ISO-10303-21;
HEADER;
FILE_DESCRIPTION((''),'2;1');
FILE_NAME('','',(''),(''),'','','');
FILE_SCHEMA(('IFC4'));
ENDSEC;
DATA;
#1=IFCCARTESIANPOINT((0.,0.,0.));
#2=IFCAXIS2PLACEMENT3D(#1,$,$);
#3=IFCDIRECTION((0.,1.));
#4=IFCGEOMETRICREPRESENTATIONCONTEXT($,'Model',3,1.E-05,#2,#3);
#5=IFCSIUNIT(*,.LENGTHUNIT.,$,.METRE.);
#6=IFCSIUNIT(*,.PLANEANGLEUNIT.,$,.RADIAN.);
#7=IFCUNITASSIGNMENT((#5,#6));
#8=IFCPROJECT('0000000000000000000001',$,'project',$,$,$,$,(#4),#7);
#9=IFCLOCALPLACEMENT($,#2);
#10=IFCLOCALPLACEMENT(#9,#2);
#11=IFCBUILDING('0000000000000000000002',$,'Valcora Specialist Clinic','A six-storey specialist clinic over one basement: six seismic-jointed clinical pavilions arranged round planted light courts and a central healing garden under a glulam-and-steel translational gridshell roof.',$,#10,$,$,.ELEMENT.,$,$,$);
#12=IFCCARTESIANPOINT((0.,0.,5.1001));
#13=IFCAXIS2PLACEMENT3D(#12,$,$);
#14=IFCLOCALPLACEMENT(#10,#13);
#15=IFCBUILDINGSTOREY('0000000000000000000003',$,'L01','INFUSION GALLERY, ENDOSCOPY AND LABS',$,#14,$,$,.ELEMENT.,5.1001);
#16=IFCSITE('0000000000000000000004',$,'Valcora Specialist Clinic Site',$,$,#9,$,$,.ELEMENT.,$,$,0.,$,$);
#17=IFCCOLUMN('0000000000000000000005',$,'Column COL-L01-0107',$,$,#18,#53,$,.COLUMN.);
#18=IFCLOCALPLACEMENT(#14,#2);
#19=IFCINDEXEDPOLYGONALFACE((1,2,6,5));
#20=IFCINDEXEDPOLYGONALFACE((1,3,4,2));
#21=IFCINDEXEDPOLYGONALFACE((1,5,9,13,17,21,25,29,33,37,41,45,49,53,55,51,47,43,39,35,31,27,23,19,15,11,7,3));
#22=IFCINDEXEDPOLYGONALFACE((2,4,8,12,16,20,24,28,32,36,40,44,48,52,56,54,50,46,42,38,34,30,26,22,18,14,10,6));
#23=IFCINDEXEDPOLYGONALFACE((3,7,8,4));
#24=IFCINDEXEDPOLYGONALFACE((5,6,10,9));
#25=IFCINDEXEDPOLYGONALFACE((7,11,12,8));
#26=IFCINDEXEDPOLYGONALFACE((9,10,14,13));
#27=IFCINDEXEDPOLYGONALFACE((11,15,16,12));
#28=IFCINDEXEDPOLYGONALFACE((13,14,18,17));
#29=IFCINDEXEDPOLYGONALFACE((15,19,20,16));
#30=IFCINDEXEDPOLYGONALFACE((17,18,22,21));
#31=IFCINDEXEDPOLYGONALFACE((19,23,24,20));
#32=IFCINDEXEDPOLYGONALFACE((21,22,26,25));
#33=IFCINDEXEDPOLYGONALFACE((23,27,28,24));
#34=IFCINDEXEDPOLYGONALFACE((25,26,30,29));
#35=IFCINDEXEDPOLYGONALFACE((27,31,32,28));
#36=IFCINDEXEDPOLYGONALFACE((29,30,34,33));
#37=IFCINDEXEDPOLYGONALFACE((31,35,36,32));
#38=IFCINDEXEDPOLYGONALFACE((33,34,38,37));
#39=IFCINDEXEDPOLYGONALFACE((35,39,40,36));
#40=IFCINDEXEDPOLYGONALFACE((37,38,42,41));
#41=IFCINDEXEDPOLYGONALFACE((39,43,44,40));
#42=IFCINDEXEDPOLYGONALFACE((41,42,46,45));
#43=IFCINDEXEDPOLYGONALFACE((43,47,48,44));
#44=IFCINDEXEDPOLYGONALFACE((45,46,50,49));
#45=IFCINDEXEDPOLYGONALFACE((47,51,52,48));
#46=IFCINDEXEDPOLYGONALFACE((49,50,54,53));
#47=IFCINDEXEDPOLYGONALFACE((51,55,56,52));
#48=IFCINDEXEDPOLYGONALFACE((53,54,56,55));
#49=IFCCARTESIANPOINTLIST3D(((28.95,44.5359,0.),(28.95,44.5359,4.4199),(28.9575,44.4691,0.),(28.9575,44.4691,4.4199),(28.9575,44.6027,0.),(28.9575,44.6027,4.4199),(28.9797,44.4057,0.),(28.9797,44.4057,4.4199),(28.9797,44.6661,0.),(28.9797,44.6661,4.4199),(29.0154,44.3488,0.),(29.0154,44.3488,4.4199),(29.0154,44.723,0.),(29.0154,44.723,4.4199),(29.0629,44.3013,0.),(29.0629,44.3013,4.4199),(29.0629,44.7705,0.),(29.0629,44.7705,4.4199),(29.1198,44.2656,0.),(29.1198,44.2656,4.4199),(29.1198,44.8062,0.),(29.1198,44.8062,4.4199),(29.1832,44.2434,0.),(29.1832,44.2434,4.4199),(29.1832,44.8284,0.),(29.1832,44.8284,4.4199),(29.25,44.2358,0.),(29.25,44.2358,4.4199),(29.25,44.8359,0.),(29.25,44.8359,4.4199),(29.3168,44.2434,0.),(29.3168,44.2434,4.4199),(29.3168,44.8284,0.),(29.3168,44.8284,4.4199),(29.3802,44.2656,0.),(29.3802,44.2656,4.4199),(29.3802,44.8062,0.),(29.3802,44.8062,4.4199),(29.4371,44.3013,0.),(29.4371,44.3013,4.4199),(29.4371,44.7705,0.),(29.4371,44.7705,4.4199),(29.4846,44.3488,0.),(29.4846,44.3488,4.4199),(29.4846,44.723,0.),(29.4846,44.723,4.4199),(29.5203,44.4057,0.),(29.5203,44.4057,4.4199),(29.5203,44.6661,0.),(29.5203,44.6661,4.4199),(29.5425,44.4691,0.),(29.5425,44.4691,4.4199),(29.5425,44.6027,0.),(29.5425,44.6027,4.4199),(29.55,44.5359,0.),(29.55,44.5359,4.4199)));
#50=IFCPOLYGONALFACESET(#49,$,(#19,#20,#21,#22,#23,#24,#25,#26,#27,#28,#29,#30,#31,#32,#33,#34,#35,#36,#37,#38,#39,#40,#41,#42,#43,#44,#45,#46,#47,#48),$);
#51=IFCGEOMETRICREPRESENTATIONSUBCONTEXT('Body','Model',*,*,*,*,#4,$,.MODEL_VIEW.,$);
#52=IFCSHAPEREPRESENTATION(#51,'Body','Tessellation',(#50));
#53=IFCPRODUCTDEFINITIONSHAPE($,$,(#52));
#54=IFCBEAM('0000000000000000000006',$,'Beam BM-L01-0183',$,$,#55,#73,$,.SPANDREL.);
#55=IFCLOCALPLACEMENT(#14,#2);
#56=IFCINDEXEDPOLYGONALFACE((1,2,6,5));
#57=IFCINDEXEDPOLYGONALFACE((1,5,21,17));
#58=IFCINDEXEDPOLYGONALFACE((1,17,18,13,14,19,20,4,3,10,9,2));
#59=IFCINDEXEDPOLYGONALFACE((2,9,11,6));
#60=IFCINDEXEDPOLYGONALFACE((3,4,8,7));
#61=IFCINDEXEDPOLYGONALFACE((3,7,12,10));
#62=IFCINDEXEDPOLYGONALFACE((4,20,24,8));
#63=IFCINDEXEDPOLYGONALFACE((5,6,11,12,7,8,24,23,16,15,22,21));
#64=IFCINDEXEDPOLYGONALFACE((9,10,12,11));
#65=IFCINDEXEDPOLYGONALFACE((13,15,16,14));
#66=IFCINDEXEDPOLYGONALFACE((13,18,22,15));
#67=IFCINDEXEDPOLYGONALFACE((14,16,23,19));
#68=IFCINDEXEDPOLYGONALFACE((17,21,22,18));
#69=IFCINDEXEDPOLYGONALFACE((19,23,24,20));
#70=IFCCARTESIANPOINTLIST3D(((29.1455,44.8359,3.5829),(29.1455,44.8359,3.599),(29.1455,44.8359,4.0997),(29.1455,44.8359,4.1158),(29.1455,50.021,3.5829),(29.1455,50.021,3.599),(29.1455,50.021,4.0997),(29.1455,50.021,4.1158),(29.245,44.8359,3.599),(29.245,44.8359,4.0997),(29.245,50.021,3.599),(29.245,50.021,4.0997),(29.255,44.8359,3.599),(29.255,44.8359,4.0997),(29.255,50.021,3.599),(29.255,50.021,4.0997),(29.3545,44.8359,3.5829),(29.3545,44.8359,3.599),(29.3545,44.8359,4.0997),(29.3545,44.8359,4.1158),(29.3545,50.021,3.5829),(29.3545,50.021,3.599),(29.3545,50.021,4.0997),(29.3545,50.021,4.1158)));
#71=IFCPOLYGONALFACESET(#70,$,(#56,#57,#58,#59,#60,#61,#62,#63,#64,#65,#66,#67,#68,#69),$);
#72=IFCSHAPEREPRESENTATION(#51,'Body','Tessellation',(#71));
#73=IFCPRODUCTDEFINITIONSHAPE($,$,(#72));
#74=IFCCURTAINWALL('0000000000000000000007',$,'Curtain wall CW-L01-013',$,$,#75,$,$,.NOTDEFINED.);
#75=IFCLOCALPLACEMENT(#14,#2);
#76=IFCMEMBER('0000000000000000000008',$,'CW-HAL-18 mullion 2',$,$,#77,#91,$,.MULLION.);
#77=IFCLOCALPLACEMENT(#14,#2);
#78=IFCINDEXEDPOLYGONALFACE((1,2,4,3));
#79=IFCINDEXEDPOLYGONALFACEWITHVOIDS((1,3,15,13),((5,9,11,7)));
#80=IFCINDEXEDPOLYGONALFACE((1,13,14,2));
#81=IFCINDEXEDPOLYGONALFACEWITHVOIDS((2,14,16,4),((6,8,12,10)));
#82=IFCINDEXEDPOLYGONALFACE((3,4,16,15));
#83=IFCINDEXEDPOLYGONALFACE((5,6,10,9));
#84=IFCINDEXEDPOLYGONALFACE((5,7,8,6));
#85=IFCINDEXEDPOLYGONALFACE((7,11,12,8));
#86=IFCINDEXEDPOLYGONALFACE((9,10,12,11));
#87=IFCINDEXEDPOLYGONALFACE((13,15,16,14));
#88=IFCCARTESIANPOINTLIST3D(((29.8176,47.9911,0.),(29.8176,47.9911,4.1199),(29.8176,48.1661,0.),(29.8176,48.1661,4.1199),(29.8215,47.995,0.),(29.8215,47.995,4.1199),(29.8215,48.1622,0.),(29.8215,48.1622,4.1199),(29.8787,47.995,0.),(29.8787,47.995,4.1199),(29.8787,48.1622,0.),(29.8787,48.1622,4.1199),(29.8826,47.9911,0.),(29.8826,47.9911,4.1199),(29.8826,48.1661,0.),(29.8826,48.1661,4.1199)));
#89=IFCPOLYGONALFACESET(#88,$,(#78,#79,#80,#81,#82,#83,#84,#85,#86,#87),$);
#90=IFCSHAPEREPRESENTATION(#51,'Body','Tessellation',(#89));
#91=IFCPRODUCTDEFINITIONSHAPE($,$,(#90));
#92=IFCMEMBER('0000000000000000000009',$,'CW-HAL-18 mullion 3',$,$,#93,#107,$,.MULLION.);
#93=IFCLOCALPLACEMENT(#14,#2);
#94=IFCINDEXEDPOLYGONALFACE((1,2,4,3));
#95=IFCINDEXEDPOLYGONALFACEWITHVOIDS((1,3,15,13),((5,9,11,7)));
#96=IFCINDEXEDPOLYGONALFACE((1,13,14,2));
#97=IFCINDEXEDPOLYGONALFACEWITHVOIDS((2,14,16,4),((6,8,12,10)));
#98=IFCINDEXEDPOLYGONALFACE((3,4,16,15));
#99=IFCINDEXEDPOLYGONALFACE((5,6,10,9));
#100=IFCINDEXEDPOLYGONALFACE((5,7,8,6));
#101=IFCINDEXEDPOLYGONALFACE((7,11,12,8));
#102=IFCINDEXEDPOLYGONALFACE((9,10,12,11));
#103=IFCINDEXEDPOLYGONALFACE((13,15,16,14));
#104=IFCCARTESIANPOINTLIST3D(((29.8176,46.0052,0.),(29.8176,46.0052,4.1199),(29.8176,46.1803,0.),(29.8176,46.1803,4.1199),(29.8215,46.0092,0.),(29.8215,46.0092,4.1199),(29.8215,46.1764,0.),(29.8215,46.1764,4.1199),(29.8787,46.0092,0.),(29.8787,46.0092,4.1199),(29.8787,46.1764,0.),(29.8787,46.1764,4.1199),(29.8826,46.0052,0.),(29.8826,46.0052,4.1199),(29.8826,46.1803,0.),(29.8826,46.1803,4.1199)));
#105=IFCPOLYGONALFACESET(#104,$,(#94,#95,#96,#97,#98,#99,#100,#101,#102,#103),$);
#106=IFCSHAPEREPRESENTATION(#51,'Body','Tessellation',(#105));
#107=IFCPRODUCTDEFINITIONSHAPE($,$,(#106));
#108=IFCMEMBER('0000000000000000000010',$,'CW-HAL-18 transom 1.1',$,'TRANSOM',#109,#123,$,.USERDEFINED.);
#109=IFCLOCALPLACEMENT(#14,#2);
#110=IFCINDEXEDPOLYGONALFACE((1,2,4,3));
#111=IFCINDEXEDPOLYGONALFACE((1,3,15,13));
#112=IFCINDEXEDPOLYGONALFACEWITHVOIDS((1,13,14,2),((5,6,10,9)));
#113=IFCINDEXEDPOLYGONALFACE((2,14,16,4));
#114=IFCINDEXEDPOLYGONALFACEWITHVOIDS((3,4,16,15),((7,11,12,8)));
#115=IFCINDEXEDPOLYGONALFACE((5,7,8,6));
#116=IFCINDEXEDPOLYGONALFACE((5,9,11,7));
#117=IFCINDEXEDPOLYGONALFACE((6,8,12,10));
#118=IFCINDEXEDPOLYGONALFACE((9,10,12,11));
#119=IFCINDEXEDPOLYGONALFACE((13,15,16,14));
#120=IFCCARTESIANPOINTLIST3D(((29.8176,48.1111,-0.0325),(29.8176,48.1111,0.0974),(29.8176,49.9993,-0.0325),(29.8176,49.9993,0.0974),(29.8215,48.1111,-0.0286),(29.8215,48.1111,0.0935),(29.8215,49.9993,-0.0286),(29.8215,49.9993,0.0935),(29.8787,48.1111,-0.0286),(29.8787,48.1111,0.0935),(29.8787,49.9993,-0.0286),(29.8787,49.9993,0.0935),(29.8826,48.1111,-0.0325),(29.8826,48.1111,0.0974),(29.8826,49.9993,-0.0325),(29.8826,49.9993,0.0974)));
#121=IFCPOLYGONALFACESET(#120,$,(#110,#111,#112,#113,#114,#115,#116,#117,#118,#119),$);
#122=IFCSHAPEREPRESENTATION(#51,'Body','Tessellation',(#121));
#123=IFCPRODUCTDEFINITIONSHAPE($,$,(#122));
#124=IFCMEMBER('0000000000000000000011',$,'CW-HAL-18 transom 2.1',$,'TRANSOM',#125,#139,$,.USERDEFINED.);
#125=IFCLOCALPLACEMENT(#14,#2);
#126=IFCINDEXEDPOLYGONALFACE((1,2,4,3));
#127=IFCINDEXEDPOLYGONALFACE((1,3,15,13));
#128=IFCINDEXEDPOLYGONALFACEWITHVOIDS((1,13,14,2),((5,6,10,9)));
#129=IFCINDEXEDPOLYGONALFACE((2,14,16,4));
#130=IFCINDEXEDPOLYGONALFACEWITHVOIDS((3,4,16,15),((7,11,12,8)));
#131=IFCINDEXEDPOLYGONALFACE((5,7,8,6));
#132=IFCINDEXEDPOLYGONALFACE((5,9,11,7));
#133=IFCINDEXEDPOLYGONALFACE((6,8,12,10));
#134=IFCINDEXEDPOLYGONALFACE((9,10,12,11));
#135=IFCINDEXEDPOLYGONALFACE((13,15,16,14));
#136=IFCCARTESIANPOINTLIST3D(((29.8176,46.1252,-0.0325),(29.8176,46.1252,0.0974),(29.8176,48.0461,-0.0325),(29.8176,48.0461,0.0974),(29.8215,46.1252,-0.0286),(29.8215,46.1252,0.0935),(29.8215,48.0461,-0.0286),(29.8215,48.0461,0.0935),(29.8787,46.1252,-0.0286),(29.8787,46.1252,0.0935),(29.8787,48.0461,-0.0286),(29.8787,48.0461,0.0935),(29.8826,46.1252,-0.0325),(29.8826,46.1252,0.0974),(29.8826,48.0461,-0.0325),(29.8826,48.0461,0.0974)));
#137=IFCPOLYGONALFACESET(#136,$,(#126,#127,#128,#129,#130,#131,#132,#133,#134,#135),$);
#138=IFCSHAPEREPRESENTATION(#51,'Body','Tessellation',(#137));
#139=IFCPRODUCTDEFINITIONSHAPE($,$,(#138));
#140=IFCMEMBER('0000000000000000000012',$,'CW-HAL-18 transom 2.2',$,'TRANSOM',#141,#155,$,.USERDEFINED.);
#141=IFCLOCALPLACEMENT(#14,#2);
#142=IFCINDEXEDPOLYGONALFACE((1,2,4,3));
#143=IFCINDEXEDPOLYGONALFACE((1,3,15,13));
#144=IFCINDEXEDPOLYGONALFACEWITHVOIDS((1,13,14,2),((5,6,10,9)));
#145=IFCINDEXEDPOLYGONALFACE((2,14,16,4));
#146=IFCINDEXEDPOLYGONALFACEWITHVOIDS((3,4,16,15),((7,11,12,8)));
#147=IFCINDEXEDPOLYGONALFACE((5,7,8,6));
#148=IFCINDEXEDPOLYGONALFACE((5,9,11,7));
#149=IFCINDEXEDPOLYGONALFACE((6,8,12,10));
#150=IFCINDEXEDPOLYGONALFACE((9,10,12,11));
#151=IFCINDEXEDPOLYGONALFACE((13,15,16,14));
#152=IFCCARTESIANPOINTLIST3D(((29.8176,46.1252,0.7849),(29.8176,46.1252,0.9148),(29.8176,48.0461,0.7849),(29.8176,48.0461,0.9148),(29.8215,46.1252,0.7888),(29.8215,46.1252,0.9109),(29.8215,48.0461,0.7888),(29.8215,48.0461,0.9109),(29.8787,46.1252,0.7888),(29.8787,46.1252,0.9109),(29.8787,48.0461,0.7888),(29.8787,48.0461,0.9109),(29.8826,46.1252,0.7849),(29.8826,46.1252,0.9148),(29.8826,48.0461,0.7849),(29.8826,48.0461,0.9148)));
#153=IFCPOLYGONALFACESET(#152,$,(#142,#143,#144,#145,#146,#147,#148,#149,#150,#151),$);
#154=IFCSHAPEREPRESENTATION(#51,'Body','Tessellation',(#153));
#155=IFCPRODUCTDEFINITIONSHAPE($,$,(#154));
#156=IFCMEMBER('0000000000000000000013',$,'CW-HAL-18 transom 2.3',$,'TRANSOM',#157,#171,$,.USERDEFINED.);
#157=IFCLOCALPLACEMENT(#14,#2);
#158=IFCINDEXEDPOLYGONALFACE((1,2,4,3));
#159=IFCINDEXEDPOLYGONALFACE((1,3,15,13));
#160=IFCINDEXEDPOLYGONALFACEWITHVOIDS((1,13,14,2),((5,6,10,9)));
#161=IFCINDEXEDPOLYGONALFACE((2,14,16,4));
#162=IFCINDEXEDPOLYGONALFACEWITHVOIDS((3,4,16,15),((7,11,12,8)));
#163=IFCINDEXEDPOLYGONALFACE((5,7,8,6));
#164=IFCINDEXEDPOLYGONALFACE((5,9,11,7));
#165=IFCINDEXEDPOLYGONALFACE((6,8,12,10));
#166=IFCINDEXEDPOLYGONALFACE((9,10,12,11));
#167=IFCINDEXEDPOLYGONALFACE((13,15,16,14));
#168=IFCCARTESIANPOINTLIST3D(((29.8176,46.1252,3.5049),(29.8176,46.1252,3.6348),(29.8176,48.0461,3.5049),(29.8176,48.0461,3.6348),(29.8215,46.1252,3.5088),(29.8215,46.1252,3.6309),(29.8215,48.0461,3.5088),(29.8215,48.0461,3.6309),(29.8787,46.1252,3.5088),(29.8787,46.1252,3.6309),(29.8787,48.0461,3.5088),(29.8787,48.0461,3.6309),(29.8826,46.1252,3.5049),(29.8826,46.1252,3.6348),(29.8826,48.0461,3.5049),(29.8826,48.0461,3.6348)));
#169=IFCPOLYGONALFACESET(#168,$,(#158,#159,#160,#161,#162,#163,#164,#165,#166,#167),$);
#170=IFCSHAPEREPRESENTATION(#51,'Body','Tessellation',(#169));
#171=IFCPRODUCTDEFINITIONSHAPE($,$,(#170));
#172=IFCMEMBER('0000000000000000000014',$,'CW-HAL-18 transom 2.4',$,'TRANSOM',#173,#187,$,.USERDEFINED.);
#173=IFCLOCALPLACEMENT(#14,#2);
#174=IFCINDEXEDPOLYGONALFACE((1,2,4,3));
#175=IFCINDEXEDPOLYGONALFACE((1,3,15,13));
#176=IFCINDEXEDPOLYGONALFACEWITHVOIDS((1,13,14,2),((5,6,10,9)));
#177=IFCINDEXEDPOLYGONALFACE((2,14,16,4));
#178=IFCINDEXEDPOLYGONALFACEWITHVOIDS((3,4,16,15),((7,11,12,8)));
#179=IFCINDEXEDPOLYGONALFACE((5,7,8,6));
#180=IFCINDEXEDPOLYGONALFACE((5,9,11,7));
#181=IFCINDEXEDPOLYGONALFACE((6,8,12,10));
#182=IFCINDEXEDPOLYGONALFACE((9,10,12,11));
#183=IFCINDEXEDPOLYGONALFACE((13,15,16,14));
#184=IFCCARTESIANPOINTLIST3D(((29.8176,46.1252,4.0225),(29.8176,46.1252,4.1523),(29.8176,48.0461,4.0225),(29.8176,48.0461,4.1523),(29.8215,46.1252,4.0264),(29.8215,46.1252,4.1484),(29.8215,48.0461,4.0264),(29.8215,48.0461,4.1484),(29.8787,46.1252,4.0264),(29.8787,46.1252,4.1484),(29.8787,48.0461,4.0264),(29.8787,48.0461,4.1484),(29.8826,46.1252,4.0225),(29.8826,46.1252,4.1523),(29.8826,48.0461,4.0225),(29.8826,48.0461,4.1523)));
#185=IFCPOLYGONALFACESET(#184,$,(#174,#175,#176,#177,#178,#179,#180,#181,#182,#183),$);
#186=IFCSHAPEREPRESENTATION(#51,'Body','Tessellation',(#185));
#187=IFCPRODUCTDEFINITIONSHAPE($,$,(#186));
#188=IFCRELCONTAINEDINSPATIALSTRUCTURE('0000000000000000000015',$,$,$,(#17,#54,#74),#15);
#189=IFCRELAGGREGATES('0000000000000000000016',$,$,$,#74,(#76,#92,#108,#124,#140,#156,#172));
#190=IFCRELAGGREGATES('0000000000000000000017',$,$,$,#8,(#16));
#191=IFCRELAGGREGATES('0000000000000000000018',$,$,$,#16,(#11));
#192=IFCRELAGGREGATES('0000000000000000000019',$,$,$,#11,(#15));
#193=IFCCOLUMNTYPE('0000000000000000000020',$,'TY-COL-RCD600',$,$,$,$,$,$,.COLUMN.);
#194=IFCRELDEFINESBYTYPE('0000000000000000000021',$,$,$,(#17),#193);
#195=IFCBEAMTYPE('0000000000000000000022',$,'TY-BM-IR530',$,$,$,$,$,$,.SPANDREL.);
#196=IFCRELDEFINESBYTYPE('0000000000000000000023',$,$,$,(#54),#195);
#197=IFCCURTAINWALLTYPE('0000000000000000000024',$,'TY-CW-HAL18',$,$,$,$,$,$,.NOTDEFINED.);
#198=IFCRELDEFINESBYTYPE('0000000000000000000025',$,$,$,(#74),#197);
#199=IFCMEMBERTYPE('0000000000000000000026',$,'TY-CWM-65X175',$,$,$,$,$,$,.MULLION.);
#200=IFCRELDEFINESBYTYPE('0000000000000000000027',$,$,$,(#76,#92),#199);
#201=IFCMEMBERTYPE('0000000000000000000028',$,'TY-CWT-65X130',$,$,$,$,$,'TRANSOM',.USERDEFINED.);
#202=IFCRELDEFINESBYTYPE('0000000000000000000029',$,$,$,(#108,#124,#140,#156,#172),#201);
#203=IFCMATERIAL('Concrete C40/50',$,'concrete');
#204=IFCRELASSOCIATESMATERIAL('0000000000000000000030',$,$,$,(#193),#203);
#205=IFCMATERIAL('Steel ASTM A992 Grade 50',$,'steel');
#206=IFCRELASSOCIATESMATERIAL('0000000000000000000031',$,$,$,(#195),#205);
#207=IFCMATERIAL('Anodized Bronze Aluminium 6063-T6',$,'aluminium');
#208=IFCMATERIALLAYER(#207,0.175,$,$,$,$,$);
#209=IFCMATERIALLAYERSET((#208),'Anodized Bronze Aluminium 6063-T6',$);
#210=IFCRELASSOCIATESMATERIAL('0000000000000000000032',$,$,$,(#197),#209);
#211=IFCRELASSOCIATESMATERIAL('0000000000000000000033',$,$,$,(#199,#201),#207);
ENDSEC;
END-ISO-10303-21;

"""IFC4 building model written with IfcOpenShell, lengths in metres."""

from ifc_helpers import new_model, si_unit, direction, frame, origin, origin_2d, place, context, subcontext, project, spatial, hollow_rectangle, circle, i_section, extrude, material, layer, layer_set, material_profile, profile_set, type_object, element, aggregate, save


model = new_model("IFC4")

# Units and contexts
model_context = context("Model", 3, precision=1e-05, world=origin(), true_north=direction((0.0, 1.0)))
body_context = subcontext(model_context, "Body", "Model", "MODEL_VIEW")
ifc_project = project(units=[si_unit("LENGTHUNIT", "METRE"), si_unit("PLANEANGLEUNIT", "RADIAN")], contexts=[model_context])

# Site, building, storey
site_placement = place(None, origin())
site = spatial("IfcSite", under=ifc_project, at=site_placement, Name="Valcora Specialist Clinic Site", CompositionType="ELEMENT", RefElevation=0.0)
building_placement = place(site_placement, origin())
building = spatial("IfcBuilding", under=site, at=building_placement, Name="Valcora Specialist Clinic", Description="A six-storey specialist clinic over one basement: six seismic-jointed clinical pavilions arranged round planted light courts and a central healing garden under a glulam-and-steel translational gridshell roof.", CompositionType="ELEMENT")
storey_placement = place(building_placement, frame((0.0, 0.0, 5.1001)))
storey = spatial("IfcBuildingStorey", under=building, at=storey_placement, Name="L01", Description="INFUSION GALLERY, ENDOSCOPY AND LABS", CompositionType="ELEMENT", Elevation=5.1001)

# Column
ifc_material_1 = material(Name="Concrete C40/50", Category="concrete")
ifc_material_profile_1 = material_profile(ifc_material_1, circle(Radius=0.3, at=origin_2d()), Name="RC-COL-D600")
ifc_profile_set_1 = profile_set([ifc_material_profile_1], Name="Concrete C40/50")
column_type = type_object("IfcColumnType", Name="TY-COL-RCD600", PredefinedType="COLUMN", material=ifc_profile_set_1)
column_placement = place(storey_placement, frame((29.25, 44.5359, 0.0), z_axis=(0.0, 0.0, 1.0), x_axis=(1.0, 0.0, 0.0)))
element("IfcColumn", 1, at=column_placement, inside=storey, type_object=column_type, Name="Column COL-L01-0107", PredefinedType="COLUMN", context=body_context, shape_type="SweptSolid", body=[
    extrude(circle(Radius=0.3, at=origin_2d()), origin(), (0.0, 0.0, 1.0), 4.4199),
])

# Beam
ifc_material_2 = material(Name="Steel ASTM A992 Grade 50", Category="steel")
ifc_material_profile_2 = material_profile(ifc_material_2, i_section(OverallWidth=0.209, OverallDepth=0.533, WebThickness=0.01, FlangeThickness=0.0161, at=origin_2d()), Name="ST-IR-530X210")
ifc_profile_set_2 = profile_set([ifc_material_profile_2], Name="Steel ASTM A992 Grade 50")
beam_type = type_object("IfcBeamType", Name="TY-BM-IR530", PredefinedType="SPANDREL", material=ifc_profile_set_2)
beam_placement = place(storey_placement, frame((29.25, 44.8359, 3.8494), z_axis=(0.0, 1.0, 0.0), x_axis=(-1.0, 0.0, 0.0)))
element("IfcBeam", 2, at=beam_placement, inside=storey, type_object=beam_type, Name="Beam BM-L01-0183", PredefinedType="SPANDREL", context=body_context, shape_type="SweptSolid", body=[
    extrude(i_section(OverallWidth=0.209, OverallDepth=0.533, WebThickness=0.01, FlangeThickness=0.0161, at=origin_2d()), origin(), (0.0, 0.0, 1.0), 5.1851),
])

# Curtain wall, members
ifc_material_3 = material(Name="Anodized Bronze Aluminium 6063-T6", Category="aluminium")
ifc_layer_1 = layer(ifc_material_3, 0.175)
ifc_layer_set_1 = layer_set([ifc_layer_1], Name="Anodized Bronze Aluminium 6063-T6")
curtain_wall_type = type_object("IfcCurtainWallType", Name="TY-CW-HAL18", PredefinedType="NOTDEFINED", material=ifc_layer_set_1)
curtain_wall_placement = place(storey_placement, origin())
curtain_wall = element("IfcCurtainWall", 3, at=curtain_wall_placement, inside=storey, type_object=curtain_wall_type, Name="Curtain wall CW-L01-013", PredefinedType="NOTDEFINED")
ifc_material_profile_3 = material_profile(ifc_material_3, hollow_rectangle(XDim=0.0649, YDim=0.175, WallThickness=0.0039, at=origin_2d()), Name="AL-MUL-65X175")
ifc_profile_set_3 = profile_set([ifc_material_profile_3], Name="Anodized Bronze Aluminium 6063-T6")
member_type_1 = type_object("IfcMemberType", Name="TY-CWM-65X175", PredefinedType="MULLION", material=ifc_profile_set_3)
member_1_placement = place(storey_placement, frame((29.8501, 48.0786, 0.0), z_axis=(0.0, 0.0, 1.0), x_axis=(1.0, 0.0, 0.0)))
member_1 = element("IfcMember", 4, at=member_1_placement, type_object=member_type_1, Name="CW-HAL-18 mullion 2", PredefinedType="MULLION", context=body_context, shape_type="SweptSolid", body=[
    extrude(hollow_rectangle(XDim=0.0649, YDim=0.175, WallThickness=0.0039, at=origin_2d()), origin(), (0.0, 0.0, 1.0), 4.1199),
])
member_2_placement = place(storey_placement, frame((29.8501, 46.0928, 0.0), z_axis=(0.0, 0.0, 1.0), x_axis=(1.0, 0.0, 0.0)))
member_2 = element("IfcMember", 5, at=member_2_placement, type_object=member_type_1, Name="CW-HAL-18 mullion 3", PredefinedType="MULLION", context=body_context, shape_type="SweptSolid", body=[
    extrude(hollow_rectangle(XDim=0.0649, YDim=0.175, WallThickness=0.0039, at=origin_2d()), origin(), (0.0, 0.0, 1.0), 4.1199),
])
ifc_material_profile_4 = material_profile(ifc_material_3, hollow_rectangle(XDim=0.0649, YDim=0.1299, WallThickness=0.0039, at=origin_2d()), Name="AL-TRN-65X130")
ifc_profile_set_4 = profile_set([ifc_material_profile_4], Name="Anodized Bronze Aluminium 6063-T6")
member_type_2 = type_object("IfcMemberType", Name="TY-CWT-65X130", ElementType="TRANSOM", PredefinedType="USERDEFINED", material=ifc_profile_set_4)
member_3_placement = place(storey_placement, frame((29.8501, 49.9993, 0.0325), z_axis=(0.0, -1.0, 0.0), x_axis=(1.0, 0.0, 0.0)))
member_3 = element("IfcMember", 6, at=member_3_placement, type_object=member_type_2, Name="CW-HAL-18 transom 1.1", ObjectType="TRANSOM", PredefinedType="USERDEFINED", context=body_context, shape_type="SweptSolid", body=[
    extrude(hollow_rectangle(XDim=0.0649, YDim=0.1299, WallThickness=0.0039, at=origin_2d()), origin(), (0.0, 0.0, 1.0), 1.8882),
])
member_4_placement = place(storey_placement, frame((29.8501, 48.0461, 0.0325), z_axis=(0.0, -1.0, 0.0), x_axis=(1.0, 0.0, 0.0)))
member_4 = element("IfcMember", 7, at=member_4_placement, type_object=member_type_2, Name="CW-HAL-18 transom 2.1", ObjectType="TRANSOM", PredefinedType="USERDEFINED", context=body_context, shape_type="SweptSolid", body=[
    extrude(hollow_rectangle(XDim=0.0649, YDim=0.1299, WallThickness=0.0039, at=origin_2d()), origin(), (0.0, 0.0, 1.0), 1.9209),
])
member_5_placement = place(storey_placement, frame((29.8501, 48.0461, 0.8499), z_axis=(0.0, -1.0, 0.0), x_axis=(1.0, 0.0, 0.0)))
member_5 = element("IfcMember", 8, at=member_5_placement, type_object=member_type_2, Name="CW-HAL-18 transom 2.2", ObjectType="TRANSOM", PredefinedType="USERDEFINED", context=body_context, shape_type="SweptSolid", body=[
    extrude(hollow_rectangle(XDim=0.0649, YDim=0.1299, WallThickness=0.0039, at=origin_2d()), origin(), (0.0, 0.0, 1.0), 1.9209),
])
member_6_placement = place(storey_placement, frame((29.8501, 48.0461, 3.5698), z_axis=(0.0, -1.0, 0.0), x_axis=(1.0, 0.0, 0.0)))
member_6 = element("IfcMember", 9, at=member_6_placement, type_object=member_type_2, Name="CW-HAL-18 transom 2.3", ObjectType="TRANSOM", PredefinedType="USERDEFINED", context=body_context, shape_type="SweptSolid", body=[
    extrude(hollow_rectangle(XDim=0.0649, YDim=0.1299, WallThickness=0.0039, at=origin_2d()), origin(), (0.0, 0.0, 1.0), 1.9209),
])
member_7_placement = place(storey_placement, frame((29.8501, 48.0461, 4.0874), z_axis=(0.0, -1.0, 0.0), x_axis=(1.0, 0.0, 0.0)))
member_7 = element("IfcMember", 10, at=member_7_placement, type_object=member_type_2, Name="CW-HAL-18 transom 2.4", ObjectType="TRANSOM", PredefinedType="USERDEFINED", context=body_context, shape_type="SweptSolid", body=[
    extrude(hollow_rectangle(XDim=0.0649, YDim=0.1299, WallThickness=0.0039, at=origin_2d()), origin(), (0.0, 0.0, 1.0), 1.9209),
])
aggregate(curtain_wall, [member_1, member_2, member_3, member_4, member_5, member_6, member_7])

save(model, "model.ifc")
